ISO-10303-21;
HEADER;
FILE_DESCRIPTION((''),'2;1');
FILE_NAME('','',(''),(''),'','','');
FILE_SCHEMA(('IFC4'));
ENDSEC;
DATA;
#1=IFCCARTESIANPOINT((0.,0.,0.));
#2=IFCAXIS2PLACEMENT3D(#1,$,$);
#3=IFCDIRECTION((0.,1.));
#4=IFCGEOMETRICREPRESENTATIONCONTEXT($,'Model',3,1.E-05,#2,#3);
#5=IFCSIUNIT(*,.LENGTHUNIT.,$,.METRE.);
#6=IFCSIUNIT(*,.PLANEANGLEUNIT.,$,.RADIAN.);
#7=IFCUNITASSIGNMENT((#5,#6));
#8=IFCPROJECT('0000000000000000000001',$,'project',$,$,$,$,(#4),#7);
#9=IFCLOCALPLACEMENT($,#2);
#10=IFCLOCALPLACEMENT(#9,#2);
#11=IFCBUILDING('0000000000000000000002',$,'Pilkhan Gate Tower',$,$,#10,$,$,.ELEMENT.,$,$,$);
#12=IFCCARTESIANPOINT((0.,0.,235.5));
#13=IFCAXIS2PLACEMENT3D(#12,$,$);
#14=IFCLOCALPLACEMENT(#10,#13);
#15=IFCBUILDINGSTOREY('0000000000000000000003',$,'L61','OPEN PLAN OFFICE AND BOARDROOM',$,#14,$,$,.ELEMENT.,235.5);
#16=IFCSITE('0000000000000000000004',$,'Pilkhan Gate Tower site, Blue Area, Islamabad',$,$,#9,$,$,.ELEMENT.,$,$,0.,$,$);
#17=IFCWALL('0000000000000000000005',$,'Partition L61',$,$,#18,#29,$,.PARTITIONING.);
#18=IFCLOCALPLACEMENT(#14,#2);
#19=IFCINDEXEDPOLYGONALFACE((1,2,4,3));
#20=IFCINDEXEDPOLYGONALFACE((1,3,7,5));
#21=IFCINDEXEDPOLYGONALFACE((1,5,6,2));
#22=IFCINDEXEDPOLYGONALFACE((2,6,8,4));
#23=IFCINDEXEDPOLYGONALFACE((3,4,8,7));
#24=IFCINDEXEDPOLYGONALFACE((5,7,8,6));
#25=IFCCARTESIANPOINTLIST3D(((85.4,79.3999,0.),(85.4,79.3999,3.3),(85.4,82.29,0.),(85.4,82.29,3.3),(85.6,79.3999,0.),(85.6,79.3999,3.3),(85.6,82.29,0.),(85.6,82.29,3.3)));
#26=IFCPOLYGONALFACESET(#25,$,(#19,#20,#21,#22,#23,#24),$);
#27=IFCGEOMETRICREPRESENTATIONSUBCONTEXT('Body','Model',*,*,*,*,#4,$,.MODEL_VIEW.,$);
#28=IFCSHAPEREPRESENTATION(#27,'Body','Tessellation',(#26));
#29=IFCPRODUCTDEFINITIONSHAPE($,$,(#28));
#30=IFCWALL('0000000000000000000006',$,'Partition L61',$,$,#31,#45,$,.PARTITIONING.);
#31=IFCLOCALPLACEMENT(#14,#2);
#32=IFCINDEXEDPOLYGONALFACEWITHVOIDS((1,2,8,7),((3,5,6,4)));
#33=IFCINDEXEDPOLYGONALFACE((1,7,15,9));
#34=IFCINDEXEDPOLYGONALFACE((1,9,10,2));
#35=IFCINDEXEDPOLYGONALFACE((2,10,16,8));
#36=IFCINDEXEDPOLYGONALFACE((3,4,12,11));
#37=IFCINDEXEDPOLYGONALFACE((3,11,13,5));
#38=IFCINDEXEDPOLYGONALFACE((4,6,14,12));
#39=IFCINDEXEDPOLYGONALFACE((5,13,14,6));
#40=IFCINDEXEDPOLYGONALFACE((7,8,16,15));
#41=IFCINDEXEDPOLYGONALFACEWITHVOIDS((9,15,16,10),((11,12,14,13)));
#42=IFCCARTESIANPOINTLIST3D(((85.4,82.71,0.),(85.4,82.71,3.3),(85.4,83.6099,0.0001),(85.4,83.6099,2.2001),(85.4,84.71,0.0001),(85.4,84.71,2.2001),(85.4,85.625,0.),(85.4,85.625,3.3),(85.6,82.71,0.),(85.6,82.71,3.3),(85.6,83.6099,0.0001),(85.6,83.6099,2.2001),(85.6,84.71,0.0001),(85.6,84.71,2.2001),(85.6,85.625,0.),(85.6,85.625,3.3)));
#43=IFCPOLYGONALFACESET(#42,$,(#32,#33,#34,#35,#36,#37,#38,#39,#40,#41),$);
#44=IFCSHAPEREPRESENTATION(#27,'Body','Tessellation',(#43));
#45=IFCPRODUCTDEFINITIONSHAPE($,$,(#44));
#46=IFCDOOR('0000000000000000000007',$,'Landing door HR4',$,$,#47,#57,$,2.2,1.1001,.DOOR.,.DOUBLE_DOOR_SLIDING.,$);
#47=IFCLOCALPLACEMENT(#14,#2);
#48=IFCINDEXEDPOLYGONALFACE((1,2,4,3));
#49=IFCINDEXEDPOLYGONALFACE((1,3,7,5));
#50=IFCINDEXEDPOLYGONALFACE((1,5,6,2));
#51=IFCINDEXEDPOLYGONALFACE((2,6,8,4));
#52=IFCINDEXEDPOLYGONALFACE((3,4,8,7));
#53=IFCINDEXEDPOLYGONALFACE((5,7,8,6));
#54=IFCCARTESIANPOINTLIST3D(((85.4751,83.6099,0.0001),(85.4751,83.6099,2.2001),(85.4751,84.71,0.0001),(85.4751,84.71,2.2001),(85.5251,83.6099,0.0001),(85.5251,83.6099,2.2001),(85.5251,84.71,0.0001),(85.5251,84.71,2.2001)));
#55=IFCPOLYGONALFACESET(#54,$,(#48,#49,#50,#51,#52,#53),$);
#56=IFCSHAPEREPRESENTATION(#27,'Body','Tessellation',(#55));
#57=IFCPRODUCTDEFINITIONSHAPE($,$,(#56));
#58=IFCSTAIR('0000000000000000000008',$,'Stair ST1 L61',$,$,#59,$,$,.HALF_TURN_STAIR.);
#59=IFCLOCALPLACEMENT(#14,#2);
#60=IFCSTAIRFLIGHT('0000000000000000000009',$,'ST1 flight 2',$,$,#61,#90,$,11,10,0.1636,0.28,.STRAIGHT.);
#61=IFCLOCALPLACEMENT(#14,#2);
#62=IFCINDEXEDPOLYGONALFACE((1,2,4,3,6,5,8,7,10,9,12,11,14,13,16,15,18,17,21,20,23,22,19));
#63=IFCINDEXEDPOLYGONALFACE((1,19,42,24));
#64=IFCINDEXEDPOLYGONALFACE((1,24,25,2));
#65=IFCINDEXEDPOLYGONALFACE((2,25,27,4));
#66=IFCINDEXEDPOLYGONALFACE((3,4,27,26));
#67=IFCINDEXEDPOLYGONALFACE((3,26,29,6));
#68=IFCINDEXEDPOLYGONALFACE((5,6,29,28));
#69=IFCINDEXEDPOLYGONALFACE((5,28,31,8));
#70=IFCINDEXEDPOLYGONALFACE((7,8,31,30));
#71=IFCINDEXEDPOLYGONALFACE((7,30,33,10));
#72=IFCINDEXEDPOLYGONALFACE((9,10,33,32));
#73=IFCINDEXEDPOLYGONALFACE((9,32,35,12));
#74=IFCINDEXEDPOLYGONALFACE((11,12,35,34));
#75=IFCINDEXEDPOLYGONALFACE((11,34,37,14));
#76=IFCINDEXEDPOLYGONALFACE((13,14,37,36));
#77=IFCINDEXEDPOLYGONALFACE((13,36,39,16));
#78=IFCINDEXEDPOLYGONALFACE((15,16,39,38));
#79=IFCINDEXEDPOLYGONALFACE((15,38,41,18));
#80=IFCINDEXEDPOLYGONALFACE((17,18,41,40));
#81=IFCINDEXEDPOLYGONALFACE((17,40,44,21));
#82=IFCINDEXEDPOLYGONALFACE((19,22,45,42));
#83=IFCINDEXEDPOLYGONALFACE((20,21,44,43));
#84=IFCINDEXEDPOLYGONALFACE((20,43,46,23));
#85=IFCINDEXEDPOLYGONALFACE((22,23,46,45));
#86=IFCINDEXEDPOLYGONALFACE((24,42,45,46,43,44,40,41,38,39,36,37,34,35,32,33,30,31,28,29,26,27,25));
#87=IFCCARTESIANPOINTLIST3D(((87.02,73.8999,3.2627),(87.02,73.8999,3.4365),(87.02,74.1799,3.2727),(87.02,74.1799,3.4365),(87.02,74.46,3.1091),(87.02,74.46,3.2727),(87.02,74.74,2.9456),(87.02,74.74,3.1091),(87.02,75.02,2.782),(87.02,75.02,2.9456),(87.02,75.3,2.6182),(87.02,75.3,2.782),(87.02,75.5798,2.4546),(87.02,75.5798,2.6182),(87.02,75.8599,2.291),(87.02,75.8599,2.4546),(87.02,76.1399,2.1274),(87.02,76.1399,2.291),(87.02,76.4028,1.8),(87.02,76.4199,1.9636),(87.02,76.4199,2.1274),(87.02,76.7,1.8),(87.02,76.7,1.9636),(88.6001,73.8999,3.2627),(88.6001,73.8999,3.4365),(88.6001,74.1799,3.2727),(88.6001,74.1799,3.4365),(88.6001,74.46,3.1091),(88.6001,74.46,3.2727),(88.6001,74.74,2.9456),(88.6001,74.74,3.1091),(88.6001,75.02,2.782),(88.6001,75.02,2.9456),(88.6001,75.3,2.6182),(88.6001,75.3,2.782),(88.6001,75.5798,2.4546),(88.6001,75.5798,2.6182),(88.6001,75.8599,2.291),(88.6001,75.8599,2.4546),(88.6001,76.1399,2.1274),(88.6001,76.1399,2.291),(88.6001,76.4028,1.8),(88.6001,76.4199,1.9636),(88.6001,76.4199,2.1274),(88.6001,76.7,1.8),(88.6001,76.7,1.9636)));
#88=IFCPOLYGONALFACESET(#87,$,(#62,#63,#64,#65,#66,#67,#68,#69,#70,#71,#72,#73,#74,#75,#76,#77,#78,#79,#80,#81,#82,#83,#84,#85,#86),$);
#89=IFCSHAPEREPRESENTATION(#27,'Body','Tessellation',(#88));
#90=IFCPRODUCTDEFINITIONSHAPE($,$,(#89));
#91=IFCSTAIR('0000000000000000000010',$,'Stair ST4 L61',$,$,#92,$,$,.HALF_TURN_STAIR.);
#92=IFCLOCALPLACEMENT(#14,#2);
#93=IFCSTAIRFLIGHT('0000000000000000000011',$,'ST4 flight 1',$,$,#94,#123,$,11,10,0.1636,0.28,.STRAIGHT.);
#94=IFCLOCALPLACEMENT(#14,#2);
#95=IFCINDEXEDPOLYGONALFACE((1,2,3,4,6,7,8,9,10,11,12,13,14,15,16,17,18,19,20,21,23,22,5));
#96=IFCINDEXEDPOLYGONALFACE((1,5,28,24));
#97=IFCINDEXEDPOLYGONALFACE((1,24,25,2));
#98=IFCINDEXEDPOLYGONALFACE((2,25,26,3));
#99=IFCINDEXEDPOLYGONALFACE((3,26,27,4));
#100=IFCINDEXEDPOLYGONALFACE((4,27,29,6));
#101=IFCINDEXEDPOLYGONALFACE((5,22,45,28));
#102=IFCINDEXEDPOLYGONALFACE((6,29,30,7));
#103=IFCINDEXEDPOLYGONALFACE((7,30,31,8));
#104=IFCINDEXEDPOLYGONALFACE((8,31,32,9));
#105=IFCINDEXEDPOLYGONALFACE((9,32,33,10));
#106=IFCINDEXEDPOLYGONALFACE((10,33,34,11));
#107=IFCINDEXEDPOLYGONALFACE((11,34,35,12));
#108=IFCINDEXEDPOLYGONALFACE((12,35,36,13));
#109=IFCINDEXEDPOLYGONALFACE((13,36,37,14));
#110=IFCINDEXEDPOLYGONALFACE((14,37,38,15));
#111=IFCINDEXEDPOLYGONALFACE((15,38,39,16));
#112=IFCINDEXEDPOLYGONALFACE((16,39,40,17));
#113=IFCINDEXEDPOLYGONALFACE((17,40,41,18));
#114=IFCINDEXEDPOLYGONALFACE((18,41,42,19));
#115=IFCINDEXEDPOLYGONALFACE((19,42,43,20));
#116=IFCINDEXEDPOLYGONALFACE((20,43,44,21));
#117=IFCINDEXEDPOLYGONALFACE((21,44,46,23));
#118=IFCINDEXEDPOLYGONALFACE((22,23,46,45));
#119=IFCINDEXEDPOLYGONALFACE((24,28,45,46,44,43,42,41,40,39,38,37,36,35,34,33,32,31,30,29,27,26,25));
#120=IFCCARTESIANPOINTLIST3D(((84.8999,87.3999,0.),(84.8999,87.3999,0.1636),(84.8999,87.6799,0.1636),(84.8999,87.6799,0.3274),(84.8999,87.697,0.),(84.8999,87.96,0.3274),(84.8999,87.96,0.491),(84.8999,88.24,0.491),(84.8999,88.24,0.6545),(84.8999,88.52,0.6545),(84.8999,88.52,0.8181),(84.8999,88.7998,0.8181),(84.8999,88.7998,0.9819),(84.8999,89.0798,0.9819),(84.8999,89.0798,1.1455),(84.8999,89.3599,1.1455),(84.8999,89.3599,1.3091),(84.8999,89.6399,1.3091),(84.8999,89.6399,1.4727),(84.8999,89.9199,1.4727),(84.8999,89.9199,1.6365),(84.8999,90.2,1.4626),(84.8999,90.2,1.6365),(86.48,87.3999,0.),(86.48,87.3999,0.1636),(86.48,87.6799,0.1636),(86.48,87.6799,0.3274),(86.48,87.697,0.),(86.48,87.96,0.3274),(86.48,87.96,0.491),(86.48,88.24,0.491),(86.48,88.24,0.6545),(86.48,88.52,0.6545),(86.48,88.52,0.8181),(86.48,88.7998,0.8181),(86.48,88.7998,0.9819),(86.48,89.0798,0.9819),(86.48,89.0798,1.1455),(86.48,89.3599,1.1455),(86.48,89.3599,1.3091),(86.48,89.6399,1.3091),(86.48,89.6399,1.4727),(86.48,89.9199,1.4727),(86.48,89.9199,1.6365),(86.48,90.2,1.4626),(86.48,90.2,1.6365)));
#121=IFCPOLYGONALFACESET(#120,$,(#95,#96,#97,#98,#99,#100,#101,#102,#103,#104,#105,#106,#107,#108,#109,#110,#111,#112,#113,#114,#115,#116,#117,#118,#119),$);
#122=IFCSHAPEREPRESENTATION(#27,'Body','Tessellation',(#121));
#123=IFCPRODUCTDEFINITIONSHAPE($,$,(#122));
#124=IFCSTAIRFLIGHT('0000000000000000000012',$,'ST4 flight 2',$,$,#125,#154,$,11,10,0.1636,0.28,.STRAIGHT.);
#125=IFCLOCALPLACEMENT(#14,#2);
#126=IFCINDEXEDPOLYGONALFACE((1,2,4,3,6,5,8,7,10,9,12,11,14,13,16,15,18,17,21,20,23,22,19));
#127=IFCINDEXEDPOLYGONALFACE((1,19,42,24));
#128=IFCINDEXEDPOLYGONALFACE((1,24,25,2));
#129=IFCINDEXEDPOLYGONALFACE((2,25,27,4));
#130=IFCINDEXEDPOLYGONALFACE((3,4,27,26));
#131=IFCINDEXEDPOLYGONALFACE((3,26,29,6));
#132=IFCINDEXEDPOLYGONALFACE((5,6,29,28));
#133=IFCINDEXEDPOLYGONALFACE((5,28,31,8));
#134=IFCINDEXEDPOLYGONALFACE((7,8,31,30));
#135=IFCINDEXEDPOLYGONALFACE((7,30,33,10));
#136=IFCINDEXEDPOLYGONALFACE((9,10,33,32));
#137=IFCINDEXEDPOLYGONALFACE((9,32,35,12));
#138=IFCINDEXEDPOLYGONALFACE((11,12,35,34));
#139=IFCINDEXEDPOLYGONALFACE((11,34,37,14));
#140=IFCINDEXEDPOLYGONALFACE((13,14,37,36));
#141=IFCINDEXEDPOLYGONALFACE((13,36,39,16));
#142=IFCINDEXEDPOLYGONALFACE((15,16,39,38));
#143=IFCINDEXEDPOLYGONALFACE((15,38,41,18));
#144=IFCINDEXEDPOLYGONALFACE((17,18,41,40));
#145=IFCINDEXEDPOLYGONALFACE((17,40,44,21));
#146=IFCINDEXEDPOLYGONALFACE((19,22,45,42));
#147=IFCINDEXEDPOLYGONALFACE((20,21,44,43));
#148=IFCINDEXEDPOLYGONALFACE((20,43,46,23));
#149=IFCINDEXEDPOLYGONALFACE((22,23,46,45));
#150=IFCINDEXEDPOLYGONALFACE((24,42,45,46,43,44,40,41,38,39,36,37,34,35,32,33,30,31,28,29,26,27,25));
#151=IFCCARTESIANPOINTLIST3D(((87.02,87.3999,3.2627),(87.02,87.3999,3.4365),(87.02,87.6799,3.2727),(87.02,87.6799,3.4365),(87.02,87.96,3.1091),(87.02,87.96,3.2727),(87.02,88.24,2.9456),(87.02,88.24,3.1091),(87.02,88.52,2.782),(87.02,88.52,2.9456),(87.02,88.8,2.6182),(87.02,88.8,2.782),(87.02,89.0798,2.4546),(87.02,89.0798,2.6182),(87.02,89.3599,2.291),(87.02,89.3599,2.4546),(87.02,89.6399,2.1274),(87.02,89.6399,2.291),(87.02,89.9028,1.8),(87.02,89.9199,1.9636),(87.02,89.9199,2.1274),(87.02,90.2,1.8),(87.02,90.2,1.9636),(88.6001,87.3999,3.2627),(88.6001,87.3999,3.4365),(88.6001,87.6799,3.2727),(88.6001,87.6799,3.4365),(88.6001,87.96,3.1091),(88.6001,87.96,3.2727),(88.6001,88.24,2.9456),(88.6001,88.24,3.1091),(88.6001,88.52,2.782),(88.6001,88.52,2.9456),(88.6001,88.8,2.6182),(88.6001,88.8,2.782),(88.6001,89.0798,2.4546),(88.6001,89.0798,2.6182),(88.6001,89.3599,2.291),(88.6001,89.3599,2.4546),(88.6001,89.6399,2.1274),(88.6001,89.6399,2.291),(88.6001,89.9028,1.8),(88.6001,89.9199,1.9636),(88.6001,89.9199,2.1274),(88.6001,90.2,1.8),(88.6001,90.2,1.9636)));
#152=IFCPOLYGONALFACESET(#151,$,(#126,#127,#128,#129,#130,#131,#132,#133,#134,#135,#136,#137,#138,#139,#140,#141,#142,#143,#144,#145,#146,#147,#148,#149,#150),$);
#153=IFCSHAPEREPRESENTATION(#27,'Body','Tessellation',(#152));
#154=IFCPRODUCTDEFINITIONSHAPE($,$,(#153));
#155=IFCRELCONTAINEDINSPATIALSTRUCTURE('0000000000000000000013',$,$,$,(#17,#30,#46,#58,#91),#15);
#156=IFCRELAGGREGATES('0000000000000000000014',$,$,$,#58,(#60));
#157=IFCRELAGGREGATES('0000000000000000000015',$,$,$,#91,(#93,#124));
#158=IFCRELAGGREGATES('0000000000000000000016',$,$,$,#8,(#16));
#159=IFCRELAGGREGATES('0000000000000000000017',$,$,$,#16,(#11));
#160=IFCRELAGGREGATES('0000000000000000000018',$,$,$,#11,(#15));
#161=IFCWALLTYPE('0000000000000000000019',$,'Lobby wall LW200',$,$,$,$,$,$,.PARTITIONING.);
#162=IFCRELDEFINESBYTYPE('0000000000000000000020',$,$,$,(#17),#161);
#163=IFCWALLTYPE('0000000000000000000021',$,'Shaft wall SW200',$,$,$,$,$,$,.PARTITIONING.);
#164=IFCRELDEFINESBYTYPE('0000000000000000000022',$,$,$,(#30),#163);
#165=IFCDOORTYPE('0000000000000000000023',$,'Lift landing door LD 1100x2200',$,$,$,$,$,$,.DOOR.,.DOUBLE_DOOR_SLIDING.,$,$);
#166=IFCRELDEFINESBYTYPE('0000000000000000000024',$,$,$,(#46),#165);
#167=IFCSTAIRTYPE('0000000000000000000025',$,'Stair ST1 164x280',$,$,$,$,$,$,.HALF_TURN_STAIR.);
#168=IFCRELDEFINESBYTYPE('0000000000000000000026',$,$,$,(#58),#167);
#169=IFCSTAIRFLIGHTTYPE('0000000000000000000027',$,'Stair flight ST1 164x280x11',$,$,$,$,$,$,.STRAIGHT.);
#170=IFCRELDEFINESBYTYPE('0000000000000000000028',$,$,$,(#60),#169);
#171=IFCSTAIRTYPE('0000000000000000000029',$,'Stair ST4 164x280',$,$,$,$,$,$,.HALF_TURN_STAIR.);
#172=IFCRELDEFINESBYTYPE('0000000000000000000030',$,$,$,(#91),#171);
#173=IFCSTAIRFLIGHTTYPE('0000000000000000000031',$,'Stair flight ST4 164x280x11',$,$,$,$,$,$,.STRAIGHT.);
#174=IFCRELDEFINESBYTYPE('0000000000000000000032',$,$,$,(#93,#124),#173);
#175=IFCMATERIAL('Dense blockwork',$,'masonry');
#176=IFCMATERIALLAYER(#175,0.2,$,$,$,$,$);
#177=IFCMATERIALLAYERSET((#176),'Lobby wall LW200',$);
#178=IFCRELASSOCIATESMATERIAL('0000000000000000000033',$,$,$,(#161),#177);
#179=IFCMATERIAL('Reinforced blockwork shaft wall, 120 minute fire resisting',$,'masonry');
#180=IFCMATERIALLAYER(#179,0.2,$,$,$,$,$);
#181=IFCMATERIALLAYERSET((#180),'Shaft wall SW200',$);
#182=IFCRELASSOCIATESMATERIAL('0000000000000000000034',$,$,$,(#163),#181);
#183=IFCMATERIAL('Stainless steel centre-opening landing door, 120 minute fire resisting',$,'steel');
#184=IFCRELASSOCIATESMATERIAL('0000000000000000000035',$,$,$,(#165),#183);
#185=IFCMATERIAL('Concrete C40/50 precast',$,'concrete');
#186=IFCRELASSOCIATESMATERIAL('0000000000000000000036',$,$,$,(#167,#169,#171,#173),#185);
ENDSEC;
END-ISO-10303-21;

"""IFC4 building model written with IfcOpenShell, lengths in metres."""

from ifc_helpers import new_model, si_unit, direction, frame, frame_2d, origin, place, context, subcontext, project, spatial, polyline, rectangle, outline, extrude, material, layer, layer_set, type_object, element, fill, aggregate, save


model = new_model("IFC4")

# Units and contexts
model_context = context("Model", 3, precision=1e-05, world=origin(), true_north=direction((0.0, 1.0)))
body_context = subcontext(model_context, "Body", "Model", "MODEL_VIEW")
ifc_project = project(units=[si_unit("LENGTHUNIT", "METRE"), si_unit("PLANEANGLEUNIT", "RADIAN")], contexts=[model_context])

# Site, building, storey
site_placement = place(None, origin())
site = spatial("IfcSite", under=ifc_project, at=site_placement, Name="Pilkhan Gate Tower site, Blue Area, Islamabad", CompositionType="ELEMENT", RefElevation=0.0)
building_placement = place(site_placement, origin())
building = spatial("IfcBuilding", under=site, at=building_placement, Name="Pilkhan Gate Tower", CompositionType="ELEMENT")
storey_placement = place(building_placement, frame((0.0, 0.0, 235.5)))
storey = spatial("IfcBuildingStorey", under=building, at=storey_placement, Name="L61", Description="OPEN PLAN OFFICE AND BOARDROOM", CompositionType="ELEMENT", Elevation=235.5)

# Shared definitions
ifc_material_1 = material(Name="Dense blockwork", Category="masonry")

# Wall
ifc_layer_1 = layer(ifc_material_1, 0.2)
ifc_layer_set_1 = layer_set([ifc_layer_1], Name="Lobby wall LW200")
wall_type_1 = type_object("IfcWallType", Name="Lobby wall LW200", PredefinedType="PARTITIONING", material=ifc_layer_set_1)
wall_1_placement = place(storey_placement, frame((85.5, 79.3999, 0.0), z_axis=(0.0, 0.0, 1.0), x_axis=(0.0, 1.0, 0.0)))
element("IfcWall", 1, at=wall_1_placement, inside=storey, type_object=wall_type_1, Name="Partition L61", PredefinedType="PARTITIONING", context=body_context, shape_type="SweptSolid", body=[
    extrude(rectangle(XDim=2.8901, YDim=0.2, at=frame_2d((1.4451, 0.0))), origin(), (0.0, 0.0, 1.0), 3.3),
])

# Wall, opening, door
ifc_material_2 = material(Name="Reinforced blockwork shaft wall, 120 minute fire resisting", Category="masonry")
ifc_layer_2 = layer(ifc_material_2, 0.2)
ifc_layer_set_2 = layer_set([ifc_layer_2], Name="Shaft wall SW200")
wall_type_2 = type_object("IfcWallType", Name="Shaft wall SW200", PredefinedType="PARTITIONING", material=ifc_layer_set_2)
wall_2_placement = place(storey_placement, frame((85.5, 82.71, 0.0), z_axis=(0.0, 0.0, 1.0), x_axis=(0.0, 1.0, 0.0)))
wall_2 = element("IfcWall", 2, at=wall_2_placement, inside=storey, type_object=wall_type_2, Name="Partition L61", PredefinedType="PARTITIONING", context=body_context, shape_type="SweptSolid", body=[
    extrude(rectangle(XDim=2.915, YDim=0.2, at=frame_2d((1.4575, 0.0))), origin(), (0.0, 0.0, 1.0), 3.3),
])
opening_1_placement = place(wall_2_placement, frame((0.8999, 0.0, 0.0)))
opening_1 = element("IfcOpeningElement", 3, at=opening_1_placement, cuts=wall_2, PredefinedType="OPENING", context=body_context, shape_type="SweptSolid", body=[
    extrude(rectangle(XDim=1.1001, YDim=2.2, at=frame_2d((0.55, 1.1001))), frame((0.0, 0.1099, 0.0), z_axis=(0.0, -1.0, 0.0), x_axis=(1.0, 0.0, 0.0)), (0.0, 0.0, 1.0), 0.22),
])
ifc_material_3 = material(Name="Stainless steel centre-opening landing door, 120 minute fire resisting", Category="steel")
door_type_1 = type_object("IfcDoorType", Name="Lift landing door LD 1100x2200", OperationType="DOUBLE_DOOR_SLIDING", PredefinedType="DOOR", material=ifc_material_3)
door_1_placement = place(opening_1_placement, origin())
door_1 = element("IfcDoor", 4, at=door_1_placement, inside=storey, type_object=door_type_1, Name="Landing door HR4", OperationType="DOUBLE_DOOR_SLIDING", OverallHeight=2.2, OverallWidth=1.1001, PredefinedType="DOOR", context=body_context, shape_type="SweptSolid", body=[
    extrude(rectangle(XDim=1.1001, YDim=2.2, at=frame_2d((0.55, 1.1001))), frame((0.0, 0.0249, 0.0), z_axis=(0.0, -1.0, 0.0), x_axis=(1.0, 0.0, 0.0)), (0.0, 0.0, 1.0), 0.05),
])
fill(opening_1, door_1)

# Stair, stair flight
ifc_material_4 = material(Name="Concrete C40/50 precast", Category="concrete")
stair_type_1 = type_object("IfcStairType", Name="Stair ST1 164x280", PredefinedType="HALF_TURN_STAIR", material=ifc_material_4)
stair_1_placement = place(storey_placement, origin())
stair_1 = element("IfcStair", 5, at=stair_1_placement, inside=storey, type_object=stair_type_1, Name="Stair ST1 L61", PredefinedType="HALF_TURN_STAIR")
stair_flight_type_1 = type_object("IfcStairFlightType", Name="Stair flight ST1 164x280x11", PredefinedType="STRAIGHT", material=ifc_material_4)
stair_flight_1_placement = place(storey_placement, frame((87.8101, 76.7, 1.8), z_axis=(0.0, 0.0, 1.0), x_axis=(0.0, -1.0, 0.0)))
stair_flight_1 = element("IfcStairFlight", 6, at=stair_flight_1_placement, type_object=stair_flight_type_1, Name="ST1 flight 2", NumberOfRisers=11, NumberOfTreads=10, PredefinedType="STRAIGHT", RiserHeight=0.1636, TreadLength=0.28, context=body_context, shape_type="SweptSolid", body=[
    extrude(outline(polyline([(0.0, 0.0), (0.0, 0.1636), (0.28, 0.1636), (0.28, 0.3274), (0.5601, 0.3274), (0.5601, 0.491), (0.8401, 0.491), (0.8401, 0.6545), (1.1201, 0.6545), (1.1201, 0.8181), (1.3999, 0.8181), (1.3999, 0.9819), (1.6799, 0.9819), (1.6799, 1.1455), (1.96, 1.1455), (1.96, 1.3091), (2.24, 1.3091), (2.24, 1.4727), (2.52, 1.4727), (2.52, 1.6365), (2.8, 1.6365), (2.8, 1.8), (2.8, 1.4626), (0.2971, 0.0), (0.0, 0.0)])), frame((0.0, 0.79, 0.0), z_axis=(0.0, -1.0, 0.0), x_axis=(1.0, 0.0, 0.0)), (0.0, 0.0, 1.0), 1.5801),
])
aggregate(stair_1, [stair_flight_1])

# Stair, stair flights
stair_type_2 = type_object("IfcStairType", Name="Stair ST4 164x280", PredefinedType="HALF_TURN_STAIR", material=ifc_material_4)
stair_2_placement = place(storey_placement, origin())
stair_2 = element("IfcStair", 7, at=stair_2_placement, inside=storey, type_object=stair_type_2, Name="Stair ST4 L61", PredefinedType="HALF_TURN_STAIR")
stair_flight_type_2 = type_object("IfcStairFlightType", Name="Stair flight ST4 164x280x11", PredefinedType="STRAIGHT", material=ifc_material_4)
stair_flight_2_placement = place(storey_placement, frame((85.6899, 87.3999, 0.0), z_axis=(0.0, 0.0, 1.0), x_axis=(0.0, 1.0, 0.0)))
stair_flight_2 = element("IfcStairFlight", 8, at=stair_flight_2_placement, type_object=stair_flight_type_2, Name="ST4 flight 1", NumberOfRisers=11, NumberOfTreads=10, PredefinedType="STRAIGHT", RiserHeight=0.1636, TreadLength=0.28, context=body_context, shape_type="SweptSolid", body=[
    extrude(outline(polyline([(0.0, 0.0), (0.0, 0.1636), (0.28, 0.1636), (0.28, 0.3274), (0.5601, 0.3274), (0.5601, 0.491), (0.8401, 0.491), (0.8401, 0.6545), (1.1201, 0.6545), (1.1201, 0.8181), (1.3999, 0.8181), (1.3999, 0.9819), (1.6799, 0.9819), (1.6799, 1.1455), (1.96, 1.1455), (1.96, 1.3091), (2.24, 1.3091), (2.24, 1.4727), (2.52, 1.4727), (2.52, 1.6365), (2.8, 1.6365), (2.8, 1.8), (2.8, 1.4626), (0.2971, 0.0), (0.0, 0.0)])), frame((0.0, 0.79, 0.0), z_axis=(0.0, -1.0, 0.0), x_axis=(1.0, 0.0, 0.0)), (0.0, 0.0, 1.0), 1.5801),
])
stair_flight_3_placement = place(storey_placement, frame((87.8101, 90.2, 1.8), z_axis=(0.0, 0.0, 1.0), x_axis=(0.0, -1.0, 0.0)))
stair_flight_3 = element("IfcStairFlight", 9, at=stair_flight_3_placement, type_object=stair_flight_type_2, Name="ST4 flight 2", NumberOfRisers=11, NumberOfTreads=10, PredefinedType="STRAIGHT", RiserHeight=0.1636, TreadLength=0.28, context=body_context, shape_type="SweptSolid", body=[
    extrude(outline(polyline([(0.0, 0.0), (0.0, 0.1636), (0.28, 0.1636), (0.28, 0.3274), (0.5601, 0.3274), (0.5601, 0.491), (0.8401, 0.491), (0.8401, 0.6545), (1.1201, 0.6545), (1.1201, 0.8181), (1.3999, 0.8181), (1.3999, 0.9819), (1.6799, 0.9819), (1.6799, 1.1455), (1.96, 1.1455), (1.96, 1.3091), (2.24, 1.3091), (2.24, 1.4727), (2.52, 1.4727), (2.52, 1.6365), (2.8, 1.6365), (2.8, 1.8), (2.8, 1.4626), (0.2971, 0.0), (0.0, 0.0)])), frame((0.0, 0.79, 0.0), z_axis=(0.0, -1.0, 0.0), x_axis=(1.0, 0.0, 0.0)), (0.0, 0.0, 1.0), 1.5801),
])
aggregate(stair_2, [stair_flight_2, stair_flight_3])

save(model, "model.ifc")
